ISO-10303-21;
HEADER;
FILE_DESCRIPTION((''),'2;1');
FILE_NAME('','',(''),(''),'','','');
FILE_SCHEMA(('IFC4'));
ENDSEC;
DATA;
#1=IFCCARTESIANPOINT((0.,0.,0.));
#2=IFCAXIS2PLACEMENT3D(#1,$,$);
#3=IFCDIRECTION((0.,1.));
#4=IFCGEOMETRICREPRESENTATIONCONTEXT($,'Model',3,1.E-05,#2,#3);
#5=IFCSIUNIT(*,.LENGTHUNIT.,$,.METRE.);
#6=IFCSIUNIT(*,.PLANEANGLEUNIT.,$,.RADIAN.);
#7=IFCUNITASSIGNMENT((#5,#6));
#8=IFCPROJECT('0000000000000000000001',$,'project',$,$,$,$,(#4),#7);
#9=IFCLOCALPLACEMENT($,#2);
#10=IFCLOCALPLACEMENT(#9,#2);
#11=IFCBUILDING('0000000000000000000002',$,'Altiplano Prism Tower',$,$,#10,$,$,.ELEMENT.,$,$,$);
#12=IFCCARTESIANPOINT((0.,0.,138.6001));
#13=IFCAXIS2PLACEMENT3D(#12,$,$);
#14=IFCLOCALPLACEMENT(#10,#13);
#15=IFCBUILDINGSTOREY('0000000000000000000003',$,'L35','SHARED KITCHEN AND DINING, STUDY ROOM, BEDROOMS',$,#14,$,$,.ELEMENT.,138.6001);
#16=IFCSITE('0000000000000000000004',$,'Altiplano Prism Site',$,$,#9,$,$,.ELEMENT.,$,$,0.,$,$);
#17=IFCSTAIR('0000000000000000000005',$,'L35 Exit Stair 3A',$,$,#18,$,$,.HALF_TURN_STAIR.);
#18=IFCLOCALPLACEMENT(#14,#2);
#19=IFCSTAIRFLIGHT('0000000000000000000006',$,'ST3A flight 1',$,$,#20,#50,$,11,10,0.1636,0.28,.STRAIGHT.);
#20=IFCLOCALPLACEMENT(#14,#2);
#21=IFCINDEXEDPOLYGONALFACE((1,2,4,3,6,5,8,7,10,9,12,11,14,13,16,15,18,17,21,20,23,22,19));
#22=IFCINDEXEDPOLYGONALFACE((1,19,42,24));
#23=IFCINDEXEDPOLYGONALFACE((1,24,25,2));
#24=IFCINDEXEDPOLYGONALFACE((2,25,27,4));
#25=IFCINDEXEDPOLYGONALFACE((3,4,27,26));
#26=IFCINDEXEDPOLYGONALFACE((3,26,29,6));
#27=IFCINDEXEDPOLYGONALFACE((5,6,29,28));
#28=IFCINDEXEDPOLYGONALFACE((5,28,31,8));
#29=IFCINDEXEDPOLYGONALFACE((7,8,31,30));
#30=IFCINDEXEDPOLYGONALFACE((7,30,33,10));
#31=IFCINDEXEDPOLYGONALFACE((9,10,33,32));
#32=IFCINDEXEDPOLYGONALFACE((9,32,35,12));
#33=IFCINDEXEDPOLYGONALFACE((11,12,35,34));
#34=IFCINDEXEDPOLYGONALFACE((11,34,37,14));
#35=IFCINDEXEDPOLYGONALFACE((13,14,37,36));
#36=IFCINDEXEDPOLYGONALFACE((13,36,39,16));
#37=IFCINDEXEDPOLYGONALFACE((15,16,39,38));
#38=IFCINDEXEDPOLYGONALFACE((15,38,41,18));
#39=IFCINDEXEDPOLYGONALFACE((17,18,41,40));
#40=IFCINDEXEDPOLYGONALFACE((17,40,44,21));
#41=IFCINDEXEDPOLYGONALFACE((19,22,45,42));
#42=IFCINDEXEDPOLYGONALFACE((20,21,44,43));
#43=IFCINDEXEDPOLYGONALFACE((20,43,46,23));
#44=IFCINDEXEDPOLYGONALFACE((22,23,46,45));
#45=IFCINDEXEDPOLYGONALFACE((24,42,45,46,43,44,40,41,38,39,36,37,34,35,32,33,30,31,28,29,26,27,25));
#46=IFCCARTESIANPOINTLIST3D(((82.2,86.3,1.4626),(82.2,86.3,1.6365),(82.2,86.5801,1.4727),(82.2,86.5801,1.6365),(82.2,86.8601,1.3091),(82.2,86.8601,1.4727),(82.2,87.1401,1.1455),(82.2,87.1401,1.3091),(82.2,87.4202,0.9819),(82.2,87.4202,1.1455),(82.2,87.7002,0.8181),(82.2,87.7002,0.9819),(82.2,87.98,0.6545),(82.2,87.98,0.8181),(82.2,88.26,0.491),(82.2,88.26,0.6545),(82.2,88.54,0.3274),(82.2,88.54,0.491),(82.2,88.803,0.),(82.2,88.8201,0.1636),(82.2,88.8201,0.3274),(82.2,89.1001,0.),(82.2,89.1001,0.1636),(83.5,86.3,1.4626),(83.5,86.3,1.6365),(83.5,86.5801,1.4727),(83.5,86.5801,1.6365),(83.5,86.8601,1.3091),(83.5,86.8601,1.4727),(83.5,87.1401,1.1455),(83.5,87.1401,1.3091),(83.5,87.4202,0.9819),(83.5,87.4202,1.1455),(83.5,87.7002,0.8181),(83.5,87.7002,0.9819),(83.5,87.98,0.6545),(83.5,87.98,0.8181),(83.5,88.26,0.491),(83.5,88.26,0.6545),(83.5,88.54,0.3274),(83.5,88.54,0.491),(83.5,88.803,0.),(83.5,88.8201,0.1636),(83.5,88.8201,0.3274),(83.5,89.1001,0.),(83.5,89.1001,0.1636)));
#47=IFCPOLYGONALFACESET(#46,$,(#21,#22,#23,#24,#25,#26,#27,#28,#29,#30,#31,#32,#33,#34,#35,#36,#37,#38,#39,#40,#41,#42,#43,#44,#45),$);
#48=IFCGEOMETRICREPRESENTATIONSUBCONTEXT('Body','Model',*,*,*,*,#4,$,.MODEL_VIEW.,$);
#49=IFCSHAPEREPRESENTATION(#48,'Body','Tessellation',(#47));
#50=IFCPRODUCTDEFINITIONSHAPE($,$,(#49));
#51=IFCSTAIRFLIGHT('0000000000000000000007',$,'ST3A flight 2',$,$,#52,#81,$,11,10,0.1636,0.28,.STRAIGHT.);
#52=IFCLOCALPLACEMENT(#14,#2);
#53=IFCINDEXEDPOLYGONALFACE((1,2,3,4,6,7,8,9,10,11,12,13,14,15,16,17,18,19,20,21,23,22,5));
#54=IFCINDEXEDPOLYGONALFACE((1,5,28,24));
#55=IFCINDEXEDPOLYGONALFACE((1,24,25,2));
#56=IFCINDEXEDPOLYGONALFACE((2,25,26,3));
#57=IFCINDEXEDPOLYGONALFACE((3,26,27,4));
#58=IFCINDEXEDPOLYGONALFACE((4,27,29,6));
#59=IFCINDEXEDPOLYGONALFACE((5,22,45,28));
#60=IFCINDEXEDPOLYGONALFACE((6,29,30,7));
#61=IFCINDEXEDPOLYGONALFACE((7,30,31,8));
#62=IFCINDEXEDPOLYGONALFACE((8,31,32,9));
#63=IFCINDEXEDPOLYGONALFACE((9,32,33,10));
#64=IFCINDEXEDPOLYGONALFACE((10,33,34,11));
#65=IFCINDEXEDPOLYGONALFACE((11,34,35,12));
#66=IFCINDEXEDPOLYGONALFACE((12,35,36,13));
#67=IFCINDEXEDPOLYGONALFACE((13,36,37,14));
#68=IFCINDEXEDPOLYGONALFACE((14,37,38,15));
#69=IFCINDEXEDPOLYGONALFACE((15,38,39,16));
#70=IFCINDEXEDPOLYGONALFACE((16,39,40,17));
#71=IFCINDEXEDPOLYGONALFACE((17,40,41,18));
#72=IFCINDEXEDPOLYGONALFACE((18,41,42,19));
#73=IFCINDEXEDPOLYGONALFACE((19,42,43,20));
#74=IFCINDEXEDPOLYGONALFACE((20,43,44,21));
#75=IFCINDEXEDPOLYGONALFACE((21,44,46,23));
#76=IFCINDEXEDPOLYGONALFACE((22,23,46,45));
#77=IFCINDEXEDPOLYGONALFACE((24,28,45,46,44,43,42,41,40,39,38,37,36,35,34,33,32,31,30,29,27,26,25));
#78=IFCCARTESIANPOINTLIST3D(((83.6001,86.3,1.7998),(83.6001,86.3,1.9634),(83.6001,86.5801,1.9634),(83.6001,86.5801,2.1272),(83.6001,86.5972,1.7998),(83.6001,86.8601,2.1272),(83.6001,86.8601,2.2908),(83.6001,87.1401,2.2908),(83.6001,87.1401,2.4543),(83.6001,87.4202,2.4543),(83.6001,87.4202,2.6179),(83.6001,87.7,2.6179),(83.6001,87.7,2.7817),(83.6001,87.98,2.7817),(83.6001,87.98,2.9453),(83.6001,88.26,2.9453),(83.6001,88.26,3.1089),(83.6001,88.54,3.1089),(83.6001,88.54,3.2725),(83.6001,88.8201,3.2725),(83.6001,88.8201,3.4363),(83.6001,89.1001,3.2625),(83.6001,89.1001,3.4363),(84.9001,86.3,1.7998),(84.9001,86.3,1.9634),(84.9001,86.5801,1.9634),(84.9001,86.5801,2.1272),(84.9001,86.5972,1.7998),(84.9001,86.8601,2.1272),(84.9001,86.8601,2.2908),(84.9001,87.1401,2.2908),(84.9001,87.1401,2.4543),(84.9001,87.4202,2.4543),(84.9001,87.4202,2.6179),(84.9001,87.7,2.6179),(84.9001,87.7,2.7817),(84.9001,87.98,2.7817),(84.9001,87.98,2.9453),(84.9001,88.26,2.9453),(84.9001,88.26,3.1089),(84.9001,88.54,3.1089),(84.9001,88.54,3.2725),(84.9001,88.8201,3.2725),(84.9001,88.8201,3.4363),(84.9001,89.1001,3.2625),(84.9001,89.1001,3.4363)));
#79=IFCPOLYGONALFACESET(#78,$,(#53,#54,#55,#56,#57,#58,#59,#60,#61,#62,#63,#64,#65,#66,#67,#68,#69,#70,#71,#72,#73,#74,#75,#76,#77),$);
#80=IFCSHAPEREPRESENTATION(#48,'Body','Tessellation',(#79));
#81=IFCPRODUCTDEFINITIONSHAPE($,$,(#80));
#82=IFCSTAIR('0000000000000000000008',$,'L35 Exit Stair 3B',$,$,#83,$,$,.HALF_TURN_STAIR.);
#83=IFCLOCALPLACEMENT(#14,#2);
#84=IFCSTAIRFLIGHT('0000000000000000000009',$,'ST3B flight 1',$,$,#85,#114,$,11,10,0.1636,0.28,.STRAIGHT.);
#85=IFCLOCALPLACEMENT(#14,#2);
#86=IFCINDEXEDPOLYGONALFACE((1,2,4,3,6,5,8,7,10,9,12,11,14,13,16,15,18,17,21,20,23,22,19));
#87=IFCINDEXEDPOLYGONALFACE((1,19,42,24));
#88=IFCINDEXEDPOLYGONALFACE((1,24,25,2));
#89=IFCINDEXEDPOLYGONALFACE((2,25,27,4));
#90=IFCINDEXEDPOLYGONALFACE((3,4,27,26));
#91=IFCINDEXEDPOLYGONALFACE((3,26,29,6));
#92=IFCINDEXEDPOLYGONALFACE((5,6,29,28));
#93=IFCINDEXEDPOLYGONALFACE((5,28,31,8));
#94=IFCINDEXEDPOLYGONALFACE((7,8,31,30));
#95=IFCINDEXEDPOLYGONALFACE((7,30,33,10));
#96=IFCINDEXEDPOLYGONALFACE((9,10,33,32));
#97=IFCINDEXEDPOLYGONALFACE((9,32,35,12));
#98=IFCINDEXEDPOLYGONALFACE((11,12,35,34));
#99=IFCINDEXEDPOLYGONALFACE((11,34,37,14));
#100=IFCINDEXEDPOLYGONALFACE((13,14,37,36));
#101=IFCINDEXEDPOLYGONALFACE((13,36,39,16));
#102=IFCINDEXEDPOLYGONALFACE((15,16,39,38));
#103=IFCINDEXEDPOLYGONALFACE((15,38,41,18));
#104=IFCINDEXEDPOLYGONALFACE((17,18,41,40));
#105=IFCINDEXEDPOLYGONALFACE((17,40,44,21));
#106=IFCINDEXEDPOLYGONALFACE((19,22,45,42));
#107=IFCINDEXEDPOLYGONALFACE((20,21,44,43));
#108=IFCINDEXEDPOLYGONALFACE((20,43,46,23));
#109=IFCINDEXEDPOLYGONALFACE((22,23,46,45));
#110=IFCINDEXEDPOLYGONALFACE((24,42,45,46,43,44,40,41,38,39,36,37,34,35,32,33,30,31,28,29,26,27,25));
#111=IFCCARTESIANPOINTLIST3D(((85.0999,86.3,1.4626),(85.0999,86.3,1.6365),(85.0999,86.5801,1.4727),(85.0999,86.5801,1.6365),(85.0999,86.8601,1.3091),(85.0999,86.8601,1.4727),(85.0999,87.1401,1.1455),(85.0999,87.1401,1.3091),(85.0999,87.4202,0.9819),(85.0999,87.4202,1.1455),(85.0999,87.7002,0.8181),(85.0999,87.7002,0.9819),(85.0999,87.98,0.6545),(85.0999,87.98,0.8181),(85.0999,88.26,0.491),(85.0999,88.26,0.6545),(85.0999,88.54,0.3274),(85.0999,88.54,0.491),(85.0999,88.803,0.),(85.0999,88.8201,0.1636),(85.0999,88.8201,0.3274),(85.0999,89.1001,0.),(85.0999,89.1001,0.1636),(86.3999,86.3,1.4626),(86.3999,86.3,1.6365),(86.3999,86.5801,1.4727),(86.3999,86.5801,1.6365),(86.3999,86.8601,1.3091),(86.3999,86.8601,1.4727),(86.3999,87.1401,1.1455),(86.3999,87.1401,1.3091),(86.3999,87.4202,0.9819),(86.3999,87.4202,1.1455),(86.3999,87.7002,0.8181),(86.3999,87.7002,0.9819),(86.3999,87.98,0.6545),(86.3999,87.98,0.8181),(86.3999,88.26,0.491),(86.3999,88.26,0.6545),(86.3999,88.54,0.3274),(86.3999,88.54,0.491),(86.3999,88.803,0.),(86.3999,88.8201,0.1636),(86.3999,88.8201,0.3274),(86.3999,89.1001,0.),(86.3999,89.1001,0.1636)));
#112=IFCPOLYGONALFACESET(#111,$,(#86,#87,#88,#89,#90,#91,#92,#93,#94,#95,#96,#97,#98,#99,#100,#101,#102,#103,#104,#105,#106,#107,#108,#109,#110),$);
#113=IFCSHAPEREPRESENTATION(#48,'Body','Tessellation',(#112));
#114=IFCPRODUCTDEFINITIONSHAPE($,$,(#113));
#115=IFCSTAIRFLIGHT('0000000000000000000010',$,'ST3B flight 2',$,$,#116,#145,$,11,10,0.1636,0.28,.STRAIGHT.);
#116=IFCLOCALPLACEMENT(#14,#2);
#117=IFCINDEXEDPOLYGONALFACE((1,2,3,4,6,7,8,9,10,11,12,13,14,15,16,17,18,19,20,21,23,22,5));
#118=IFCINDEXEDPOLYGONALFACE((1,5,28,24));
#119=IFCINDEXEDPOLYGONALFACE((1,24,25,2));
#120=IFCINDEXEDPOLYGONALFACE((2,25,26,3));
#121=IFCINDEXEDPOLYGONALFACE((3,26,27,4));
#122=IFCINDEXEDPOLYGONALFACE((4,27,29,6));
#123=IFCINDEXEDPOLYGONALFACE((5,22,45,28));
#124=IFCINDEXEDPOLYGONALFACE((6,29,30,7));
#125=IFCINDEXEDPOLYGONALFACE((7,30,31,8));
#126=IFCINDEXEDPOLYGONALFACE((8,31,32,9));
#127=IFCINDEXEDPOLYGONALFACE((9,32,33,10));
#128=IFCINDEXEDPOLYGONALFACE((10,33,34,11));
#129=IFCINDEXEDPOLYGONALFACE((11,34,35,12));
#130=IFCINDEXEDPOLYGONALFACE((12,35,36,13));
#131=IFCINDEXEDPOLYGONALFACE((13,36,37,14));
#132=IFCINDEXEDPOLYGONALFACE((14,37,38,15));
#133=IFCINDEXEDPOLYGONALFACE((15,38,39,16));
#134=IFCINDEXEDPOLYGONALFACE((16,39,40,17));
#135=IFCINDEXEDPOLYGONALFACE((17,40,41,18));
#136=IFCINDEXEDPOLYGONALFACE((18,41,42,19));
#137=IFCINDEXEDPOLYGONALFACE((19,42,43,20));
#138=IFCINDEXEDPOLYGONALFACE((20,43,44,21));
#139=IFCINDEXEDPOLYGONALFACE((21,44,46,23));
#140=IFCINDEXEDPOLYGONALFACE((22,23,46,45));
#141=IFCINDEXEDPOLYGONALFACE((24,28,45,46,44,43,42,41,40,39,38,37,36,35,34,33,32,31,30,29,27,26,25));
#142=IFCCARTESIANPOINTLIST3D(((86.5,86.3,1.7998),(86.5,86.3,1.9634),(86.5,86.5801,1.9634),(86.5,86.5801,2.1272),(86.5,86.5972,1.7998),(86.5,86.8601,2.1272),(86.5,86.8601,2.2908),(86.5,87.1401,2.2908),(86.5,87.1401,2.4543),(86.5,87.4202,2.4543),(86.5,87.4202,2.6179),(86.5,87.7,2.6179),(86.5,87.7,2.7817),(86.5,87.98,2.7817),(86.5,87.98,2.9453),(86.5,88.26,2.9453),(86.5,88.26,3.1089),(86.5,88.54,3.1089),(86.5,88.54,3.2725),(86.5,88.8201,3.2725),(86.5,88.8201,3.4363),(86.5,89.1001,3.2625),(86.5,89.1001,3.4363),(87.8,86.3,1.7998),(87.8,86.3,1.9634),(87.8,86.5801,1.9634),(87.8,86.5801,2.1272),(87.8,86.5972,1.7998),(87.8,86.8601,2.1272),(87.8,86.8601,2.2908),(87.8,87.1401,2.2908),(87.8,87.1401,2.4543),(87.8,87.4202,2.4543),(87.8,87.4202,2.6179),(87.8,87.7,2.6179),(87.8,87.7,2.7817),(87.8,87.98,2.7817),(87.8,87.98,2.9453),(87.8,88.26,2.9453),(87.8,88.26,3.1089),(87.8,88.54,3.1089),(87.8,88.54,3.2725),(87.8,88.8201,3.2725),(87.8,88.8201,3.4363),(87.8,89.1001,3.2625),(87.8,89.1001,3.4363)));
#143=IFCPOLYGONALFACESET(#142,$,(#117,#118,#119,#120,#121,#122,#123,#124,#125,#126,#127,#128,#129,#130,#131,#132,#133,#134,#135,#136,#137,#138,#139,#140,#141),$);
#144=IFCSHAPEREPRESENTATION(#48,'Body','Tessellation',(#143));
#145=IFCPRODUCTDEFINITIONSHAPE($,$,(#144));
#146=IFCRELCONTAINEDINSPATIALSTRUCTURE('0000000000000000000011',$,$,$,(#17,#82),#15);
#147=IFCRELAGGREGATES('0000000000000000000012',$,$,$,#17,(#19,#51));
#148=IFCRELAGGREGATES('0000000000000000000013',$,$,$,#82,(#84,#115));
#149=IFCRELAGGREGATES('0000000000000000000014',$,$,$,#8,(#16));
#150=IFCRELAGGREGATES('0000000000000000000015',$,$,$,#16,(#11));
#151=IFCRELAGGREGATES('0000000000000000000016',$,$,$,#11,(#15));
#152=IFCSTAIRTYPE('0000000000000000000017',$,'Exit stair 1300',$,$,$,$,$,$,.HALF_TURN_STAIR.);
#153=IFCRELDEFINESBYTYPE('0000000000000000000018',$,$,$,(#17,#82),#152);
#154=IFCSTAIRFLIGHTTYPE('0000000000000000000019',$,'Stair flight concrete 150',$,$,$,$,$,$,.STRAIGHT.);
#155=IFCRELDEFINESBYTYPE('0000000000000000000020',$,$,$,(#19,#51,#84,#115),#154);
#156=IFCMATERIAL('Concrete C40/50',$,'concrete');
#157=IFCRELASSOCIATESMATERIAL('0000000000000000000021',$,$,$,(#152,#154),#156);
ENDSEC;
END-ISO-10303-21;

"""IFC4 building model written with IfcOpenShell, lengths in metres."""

from ifc_helpers import new_model, si_unit, direction, frame, origin, place, context, subcontext, project, spatial, polyline, outline, extrude, material, type_object, element, aggregate, save


model = new_model("IFC4")

# Units and contexts
model_context = context("Model", 3, precision=1e-05, world=origin(), true_north=direction((0.0, 1.0)))
body_context = subcontext(model_context, "Body", "Model", "MODEL_VIEW")
ifc_project = project(units=[si_unit("LENGTHUNIT", "METRE"), si_unit("PLANEANGLEUNIT", "RADIAN")], contexts=[model_context])

# Site, building, storey
site_placement = place(None, origin())
site = spatial("IfcSite", under=ifc_project, at=site_placement, Name="Altiplano Prism Site", CompositionType="ELEMENT", RefElevation=0.0)
building_placement = place(site_placement, origin())
building = spatial("IfcBuilding", under=site, at=building_placement, Name="Altiplano Prism Tower", CompositionType="ELEMENT")
storey_placement = place(building_placement, frame((0.0, 0.0, 138.6001)))
storey = spatial("IfcBuildingStorey", under=building, at=storey_placement, Name="L35", Description="SHARED KITCHEN AND DINING, STUDY ROOM, BEDROOMS", CompositionType="ELEMENT", Elevation=138.6001)

# Stairs, stair flights
ifc_material_1 = material(Name="Concrete C40/50", Category="concrete")
stair_type = type_object("IfcStairType", Name="Exit stair 1300", PredefinedType="HALF_TURN_STAIR", material=ifc_material_1)
stair_1_placement = place(storey_placement, origin())
stair_1 = element("IfcStair", 1, at=stair_1_placement, inside=storey, type_object=stair_type, Name="L35 Exit Stair 3A", PredefinedType="HALF_TURN_STAIR")
stair_flight_type = type_object("IfcStairFlightType", Name="Stair flight concrete 150", PredefinedType="STRAIGHT", material=ifc_material_1)
stair_flight_1_placement = place(storey_placement, frame((82.8501, 89.1001, 0.0), z_axis=(0.0, 0.0, 1.0), x_axis=(0.0, -1.0, 0.0)))
stair_flight_1 = element("IfcStairFlight", 2, at=stair_flight_1_placement, type_object=stair_flight_type, Name="ST3A flight 1", NumberOfRisers=11, NumberOfTreads=10, PredefinedType="STRAIGHT", RiserHeight=0.1636, TreadLength=0.28, context=body_context, shape_type="SweptSolid", body=[
    extrude(outline(polyline([(0.0, 0.0), (0.0, 0.1636), (0.28, 0.1636), (0.28, 0.3274), (0.5601, 0.3274), (0.5601, 0.491), (0.8401, 0.491), (0.8401, 0.6545), (1.1201, 0.6545), (1.1201, 0.8181), (1.3999, 0.8181), (1.3999, 0.9819), (1.6799, 0.9819), (1.6799, 1.1455), (1.96, 1.1455), (1.96, 1.3091), (2.24, 1.3091), (2.24, 1.4727), (2.52, 1.4727), (2.52, 1.6365), (2.8, 1.6365), (2.8, 1.8), (2.8, 1.4626), (0.2971, 0.0), (0.0, 0.0)])), frame((0.0, 0.6499, 0.0), z_axis=(0.0, -1.0, 0.0), x_axis=(1.0, 0.0, 0.0)), (0.0, 0.0, 1.0), 1.3),
])
stair_flight_2_placement = place(storey_placement, frame((84.25, 86.3, 1.7998), z_axis=(0.0, 0.0, 1.0), x_axis=(0.0, 1.0, 0.0)))
stair_flight_2 = element("IfcStairFlight", 3, at=stair_flight_2_placement, type_object=stair_flight_type, Name="ST3A flight 2", NumberOfRisers=11, NumberOfTreads=10, PredefinedType="STRAIGHT", RiserHeight=0.1636, TreadLength=0.28, context=body_context, shape_type="SweptSolid", body=[
    extrude(outline(polyline([(0.0, 0.0), (0.0, 0.1636), (0.28, 0.1636), (0.28, 0.3274), (0.5601, 0.3274), (0.5601, 0.491), (0.8401, 0.491), (0.8401, 0.6545), (1.1201, 0.6545), (1.1201, 0.8181), (1.3999, 0.8181), (1.3999, 0.9819), (1.6799, 0.9819), (1.6799, 1.1455), (1.96, 1.1455), (1.96, 1.3091), (2.24, 1.3091), (2.24, 1.4727), (2.52, 1.4727), (2.52, 1.6365), (2.8, 1.6365), (2.8, 1.8), (2.8, 1.4626), (0.2971, 0.0), (0.0, 0.0)])), frame((0.0, 0.6499, 0.0), z_axis=(0.0, -1.0, 0.0), x_axis=(1.0, 0.0, 0.0)), (0.0, 0.0, 1.0), 1.3),
])
aggregate(stair_1, [stair_flight_1, stair_flight_2])
stair_2_placement = place(storey_placement, origin())
stair_2 = element("IfcStair", 4, at=stair_2_placement, inside=storey, type_object=stair_type, Name="L35 Exit Stair 3B", PredefinedType="HALF_TURN_STAIR")
stair_flight_3_placement = place(storey_placement, frame((85.75, 89.1001, 0.0), z_axis=(0.0, 0.0, 1.0), x_axis=(0.0, -1.0, 0.0)))
stair_flight_3 = element("IfcStairFlight", 5, at=stair_flight_3_placement, type_object=stair_flight_type, Name="ST3B flight 1", NumberOfRisers=11, NumberOfTreads=10, PredefinedType="STRAIGHT", RiserHeight=0.1636, TreadLength=0.28, context=body_context, shape_type="SweptSolid", body=[
    extrude(outline(polyline([(0.0, 0.0), (0.0, 0.1636), (0.28, 0.1636), (0.28, 0.3274), (0.5601, 0.3274), (0.5601, 0.491), (0.8401, 0.491), (0.8401, 0.6545), (1.1201, 0.6545), (1.1201, 0.8181), (1.3999, 0.8181), (1.3999, 0.9819), (1.6799, 0.9819), (1.6799, 1.1455), (1.96, 1.1455), (1.96, 1.3091), (2.24, 1.3091), (2.24, 1.4727), (2.52, 1.4727), (2.52, 1.6365), (2.8, 1.6365), (2.8, 1.8), (2.8, 1.4626), (0.2971, 0.0), (0.0, 0.0)])), frame((0.0, 0.6499, 0.0), z_axis=(0.0, -1.0, 0.0), x_axis=(1.0, 0.0, 0.0)), (0.0, 0.0, 1.0), 1.3),
])
stair_flight_4_placement = place(storey_placement, frame((87.1499, 86.3, 1.7998), z_axis=(0.0, 0.0, 1.0), x_axis=(0.0, 1.0, 0.0)))
stair_flight_4 = element("IfcStairFlight", 6, at=stair_flight_4_placement, type_object=stair_flight_type, Name="ST3B flight 2", NumberOfRisers=11, NumberOfTreads=10, PredefinedType="STRAIGHT", RiserHeight=0.1636, TreadLength=0.28, context=body_context, shape_type="SweptSolid", body=[
    extrude(outline(polyline([(0.0, 0.0), (0.0, 0.1636), (0.28, 0.1636), (0.28, 0.3274), (0.5601, 0.3274), (0.5601, 0.491), (0.8401, 0.491), (0.8401, 0.6545), (1.1201, 0.6545), (1.1201, 0.8181), (1.3999, 0.8181), (1.3999, 0.9819), (1.6799, 0.9819), (1.6799, 1.1455), (1.96, 1.1455), (1.96, 1.3091), (2.24, 1.3091), (2.24, 1.4727), (2.52, 1.4727), (2.52, 1.6365), (2.8, 1.6365), (2.8, 1.8), (2.8, 1.4626), (0.2971, 0.0), (0.0, 0.0)])), frame((0.0, 0.6499, 0.0), z_axis=(0.0, -1.0, 0.0), x_axis=(1.0, 0.0, 0.0)), (0.0, 0.0, 1.0), 1.3),
])
aggregate(stair_2, [stair_flight_3, stair_flight_4])

save(model, "model.ifc")
